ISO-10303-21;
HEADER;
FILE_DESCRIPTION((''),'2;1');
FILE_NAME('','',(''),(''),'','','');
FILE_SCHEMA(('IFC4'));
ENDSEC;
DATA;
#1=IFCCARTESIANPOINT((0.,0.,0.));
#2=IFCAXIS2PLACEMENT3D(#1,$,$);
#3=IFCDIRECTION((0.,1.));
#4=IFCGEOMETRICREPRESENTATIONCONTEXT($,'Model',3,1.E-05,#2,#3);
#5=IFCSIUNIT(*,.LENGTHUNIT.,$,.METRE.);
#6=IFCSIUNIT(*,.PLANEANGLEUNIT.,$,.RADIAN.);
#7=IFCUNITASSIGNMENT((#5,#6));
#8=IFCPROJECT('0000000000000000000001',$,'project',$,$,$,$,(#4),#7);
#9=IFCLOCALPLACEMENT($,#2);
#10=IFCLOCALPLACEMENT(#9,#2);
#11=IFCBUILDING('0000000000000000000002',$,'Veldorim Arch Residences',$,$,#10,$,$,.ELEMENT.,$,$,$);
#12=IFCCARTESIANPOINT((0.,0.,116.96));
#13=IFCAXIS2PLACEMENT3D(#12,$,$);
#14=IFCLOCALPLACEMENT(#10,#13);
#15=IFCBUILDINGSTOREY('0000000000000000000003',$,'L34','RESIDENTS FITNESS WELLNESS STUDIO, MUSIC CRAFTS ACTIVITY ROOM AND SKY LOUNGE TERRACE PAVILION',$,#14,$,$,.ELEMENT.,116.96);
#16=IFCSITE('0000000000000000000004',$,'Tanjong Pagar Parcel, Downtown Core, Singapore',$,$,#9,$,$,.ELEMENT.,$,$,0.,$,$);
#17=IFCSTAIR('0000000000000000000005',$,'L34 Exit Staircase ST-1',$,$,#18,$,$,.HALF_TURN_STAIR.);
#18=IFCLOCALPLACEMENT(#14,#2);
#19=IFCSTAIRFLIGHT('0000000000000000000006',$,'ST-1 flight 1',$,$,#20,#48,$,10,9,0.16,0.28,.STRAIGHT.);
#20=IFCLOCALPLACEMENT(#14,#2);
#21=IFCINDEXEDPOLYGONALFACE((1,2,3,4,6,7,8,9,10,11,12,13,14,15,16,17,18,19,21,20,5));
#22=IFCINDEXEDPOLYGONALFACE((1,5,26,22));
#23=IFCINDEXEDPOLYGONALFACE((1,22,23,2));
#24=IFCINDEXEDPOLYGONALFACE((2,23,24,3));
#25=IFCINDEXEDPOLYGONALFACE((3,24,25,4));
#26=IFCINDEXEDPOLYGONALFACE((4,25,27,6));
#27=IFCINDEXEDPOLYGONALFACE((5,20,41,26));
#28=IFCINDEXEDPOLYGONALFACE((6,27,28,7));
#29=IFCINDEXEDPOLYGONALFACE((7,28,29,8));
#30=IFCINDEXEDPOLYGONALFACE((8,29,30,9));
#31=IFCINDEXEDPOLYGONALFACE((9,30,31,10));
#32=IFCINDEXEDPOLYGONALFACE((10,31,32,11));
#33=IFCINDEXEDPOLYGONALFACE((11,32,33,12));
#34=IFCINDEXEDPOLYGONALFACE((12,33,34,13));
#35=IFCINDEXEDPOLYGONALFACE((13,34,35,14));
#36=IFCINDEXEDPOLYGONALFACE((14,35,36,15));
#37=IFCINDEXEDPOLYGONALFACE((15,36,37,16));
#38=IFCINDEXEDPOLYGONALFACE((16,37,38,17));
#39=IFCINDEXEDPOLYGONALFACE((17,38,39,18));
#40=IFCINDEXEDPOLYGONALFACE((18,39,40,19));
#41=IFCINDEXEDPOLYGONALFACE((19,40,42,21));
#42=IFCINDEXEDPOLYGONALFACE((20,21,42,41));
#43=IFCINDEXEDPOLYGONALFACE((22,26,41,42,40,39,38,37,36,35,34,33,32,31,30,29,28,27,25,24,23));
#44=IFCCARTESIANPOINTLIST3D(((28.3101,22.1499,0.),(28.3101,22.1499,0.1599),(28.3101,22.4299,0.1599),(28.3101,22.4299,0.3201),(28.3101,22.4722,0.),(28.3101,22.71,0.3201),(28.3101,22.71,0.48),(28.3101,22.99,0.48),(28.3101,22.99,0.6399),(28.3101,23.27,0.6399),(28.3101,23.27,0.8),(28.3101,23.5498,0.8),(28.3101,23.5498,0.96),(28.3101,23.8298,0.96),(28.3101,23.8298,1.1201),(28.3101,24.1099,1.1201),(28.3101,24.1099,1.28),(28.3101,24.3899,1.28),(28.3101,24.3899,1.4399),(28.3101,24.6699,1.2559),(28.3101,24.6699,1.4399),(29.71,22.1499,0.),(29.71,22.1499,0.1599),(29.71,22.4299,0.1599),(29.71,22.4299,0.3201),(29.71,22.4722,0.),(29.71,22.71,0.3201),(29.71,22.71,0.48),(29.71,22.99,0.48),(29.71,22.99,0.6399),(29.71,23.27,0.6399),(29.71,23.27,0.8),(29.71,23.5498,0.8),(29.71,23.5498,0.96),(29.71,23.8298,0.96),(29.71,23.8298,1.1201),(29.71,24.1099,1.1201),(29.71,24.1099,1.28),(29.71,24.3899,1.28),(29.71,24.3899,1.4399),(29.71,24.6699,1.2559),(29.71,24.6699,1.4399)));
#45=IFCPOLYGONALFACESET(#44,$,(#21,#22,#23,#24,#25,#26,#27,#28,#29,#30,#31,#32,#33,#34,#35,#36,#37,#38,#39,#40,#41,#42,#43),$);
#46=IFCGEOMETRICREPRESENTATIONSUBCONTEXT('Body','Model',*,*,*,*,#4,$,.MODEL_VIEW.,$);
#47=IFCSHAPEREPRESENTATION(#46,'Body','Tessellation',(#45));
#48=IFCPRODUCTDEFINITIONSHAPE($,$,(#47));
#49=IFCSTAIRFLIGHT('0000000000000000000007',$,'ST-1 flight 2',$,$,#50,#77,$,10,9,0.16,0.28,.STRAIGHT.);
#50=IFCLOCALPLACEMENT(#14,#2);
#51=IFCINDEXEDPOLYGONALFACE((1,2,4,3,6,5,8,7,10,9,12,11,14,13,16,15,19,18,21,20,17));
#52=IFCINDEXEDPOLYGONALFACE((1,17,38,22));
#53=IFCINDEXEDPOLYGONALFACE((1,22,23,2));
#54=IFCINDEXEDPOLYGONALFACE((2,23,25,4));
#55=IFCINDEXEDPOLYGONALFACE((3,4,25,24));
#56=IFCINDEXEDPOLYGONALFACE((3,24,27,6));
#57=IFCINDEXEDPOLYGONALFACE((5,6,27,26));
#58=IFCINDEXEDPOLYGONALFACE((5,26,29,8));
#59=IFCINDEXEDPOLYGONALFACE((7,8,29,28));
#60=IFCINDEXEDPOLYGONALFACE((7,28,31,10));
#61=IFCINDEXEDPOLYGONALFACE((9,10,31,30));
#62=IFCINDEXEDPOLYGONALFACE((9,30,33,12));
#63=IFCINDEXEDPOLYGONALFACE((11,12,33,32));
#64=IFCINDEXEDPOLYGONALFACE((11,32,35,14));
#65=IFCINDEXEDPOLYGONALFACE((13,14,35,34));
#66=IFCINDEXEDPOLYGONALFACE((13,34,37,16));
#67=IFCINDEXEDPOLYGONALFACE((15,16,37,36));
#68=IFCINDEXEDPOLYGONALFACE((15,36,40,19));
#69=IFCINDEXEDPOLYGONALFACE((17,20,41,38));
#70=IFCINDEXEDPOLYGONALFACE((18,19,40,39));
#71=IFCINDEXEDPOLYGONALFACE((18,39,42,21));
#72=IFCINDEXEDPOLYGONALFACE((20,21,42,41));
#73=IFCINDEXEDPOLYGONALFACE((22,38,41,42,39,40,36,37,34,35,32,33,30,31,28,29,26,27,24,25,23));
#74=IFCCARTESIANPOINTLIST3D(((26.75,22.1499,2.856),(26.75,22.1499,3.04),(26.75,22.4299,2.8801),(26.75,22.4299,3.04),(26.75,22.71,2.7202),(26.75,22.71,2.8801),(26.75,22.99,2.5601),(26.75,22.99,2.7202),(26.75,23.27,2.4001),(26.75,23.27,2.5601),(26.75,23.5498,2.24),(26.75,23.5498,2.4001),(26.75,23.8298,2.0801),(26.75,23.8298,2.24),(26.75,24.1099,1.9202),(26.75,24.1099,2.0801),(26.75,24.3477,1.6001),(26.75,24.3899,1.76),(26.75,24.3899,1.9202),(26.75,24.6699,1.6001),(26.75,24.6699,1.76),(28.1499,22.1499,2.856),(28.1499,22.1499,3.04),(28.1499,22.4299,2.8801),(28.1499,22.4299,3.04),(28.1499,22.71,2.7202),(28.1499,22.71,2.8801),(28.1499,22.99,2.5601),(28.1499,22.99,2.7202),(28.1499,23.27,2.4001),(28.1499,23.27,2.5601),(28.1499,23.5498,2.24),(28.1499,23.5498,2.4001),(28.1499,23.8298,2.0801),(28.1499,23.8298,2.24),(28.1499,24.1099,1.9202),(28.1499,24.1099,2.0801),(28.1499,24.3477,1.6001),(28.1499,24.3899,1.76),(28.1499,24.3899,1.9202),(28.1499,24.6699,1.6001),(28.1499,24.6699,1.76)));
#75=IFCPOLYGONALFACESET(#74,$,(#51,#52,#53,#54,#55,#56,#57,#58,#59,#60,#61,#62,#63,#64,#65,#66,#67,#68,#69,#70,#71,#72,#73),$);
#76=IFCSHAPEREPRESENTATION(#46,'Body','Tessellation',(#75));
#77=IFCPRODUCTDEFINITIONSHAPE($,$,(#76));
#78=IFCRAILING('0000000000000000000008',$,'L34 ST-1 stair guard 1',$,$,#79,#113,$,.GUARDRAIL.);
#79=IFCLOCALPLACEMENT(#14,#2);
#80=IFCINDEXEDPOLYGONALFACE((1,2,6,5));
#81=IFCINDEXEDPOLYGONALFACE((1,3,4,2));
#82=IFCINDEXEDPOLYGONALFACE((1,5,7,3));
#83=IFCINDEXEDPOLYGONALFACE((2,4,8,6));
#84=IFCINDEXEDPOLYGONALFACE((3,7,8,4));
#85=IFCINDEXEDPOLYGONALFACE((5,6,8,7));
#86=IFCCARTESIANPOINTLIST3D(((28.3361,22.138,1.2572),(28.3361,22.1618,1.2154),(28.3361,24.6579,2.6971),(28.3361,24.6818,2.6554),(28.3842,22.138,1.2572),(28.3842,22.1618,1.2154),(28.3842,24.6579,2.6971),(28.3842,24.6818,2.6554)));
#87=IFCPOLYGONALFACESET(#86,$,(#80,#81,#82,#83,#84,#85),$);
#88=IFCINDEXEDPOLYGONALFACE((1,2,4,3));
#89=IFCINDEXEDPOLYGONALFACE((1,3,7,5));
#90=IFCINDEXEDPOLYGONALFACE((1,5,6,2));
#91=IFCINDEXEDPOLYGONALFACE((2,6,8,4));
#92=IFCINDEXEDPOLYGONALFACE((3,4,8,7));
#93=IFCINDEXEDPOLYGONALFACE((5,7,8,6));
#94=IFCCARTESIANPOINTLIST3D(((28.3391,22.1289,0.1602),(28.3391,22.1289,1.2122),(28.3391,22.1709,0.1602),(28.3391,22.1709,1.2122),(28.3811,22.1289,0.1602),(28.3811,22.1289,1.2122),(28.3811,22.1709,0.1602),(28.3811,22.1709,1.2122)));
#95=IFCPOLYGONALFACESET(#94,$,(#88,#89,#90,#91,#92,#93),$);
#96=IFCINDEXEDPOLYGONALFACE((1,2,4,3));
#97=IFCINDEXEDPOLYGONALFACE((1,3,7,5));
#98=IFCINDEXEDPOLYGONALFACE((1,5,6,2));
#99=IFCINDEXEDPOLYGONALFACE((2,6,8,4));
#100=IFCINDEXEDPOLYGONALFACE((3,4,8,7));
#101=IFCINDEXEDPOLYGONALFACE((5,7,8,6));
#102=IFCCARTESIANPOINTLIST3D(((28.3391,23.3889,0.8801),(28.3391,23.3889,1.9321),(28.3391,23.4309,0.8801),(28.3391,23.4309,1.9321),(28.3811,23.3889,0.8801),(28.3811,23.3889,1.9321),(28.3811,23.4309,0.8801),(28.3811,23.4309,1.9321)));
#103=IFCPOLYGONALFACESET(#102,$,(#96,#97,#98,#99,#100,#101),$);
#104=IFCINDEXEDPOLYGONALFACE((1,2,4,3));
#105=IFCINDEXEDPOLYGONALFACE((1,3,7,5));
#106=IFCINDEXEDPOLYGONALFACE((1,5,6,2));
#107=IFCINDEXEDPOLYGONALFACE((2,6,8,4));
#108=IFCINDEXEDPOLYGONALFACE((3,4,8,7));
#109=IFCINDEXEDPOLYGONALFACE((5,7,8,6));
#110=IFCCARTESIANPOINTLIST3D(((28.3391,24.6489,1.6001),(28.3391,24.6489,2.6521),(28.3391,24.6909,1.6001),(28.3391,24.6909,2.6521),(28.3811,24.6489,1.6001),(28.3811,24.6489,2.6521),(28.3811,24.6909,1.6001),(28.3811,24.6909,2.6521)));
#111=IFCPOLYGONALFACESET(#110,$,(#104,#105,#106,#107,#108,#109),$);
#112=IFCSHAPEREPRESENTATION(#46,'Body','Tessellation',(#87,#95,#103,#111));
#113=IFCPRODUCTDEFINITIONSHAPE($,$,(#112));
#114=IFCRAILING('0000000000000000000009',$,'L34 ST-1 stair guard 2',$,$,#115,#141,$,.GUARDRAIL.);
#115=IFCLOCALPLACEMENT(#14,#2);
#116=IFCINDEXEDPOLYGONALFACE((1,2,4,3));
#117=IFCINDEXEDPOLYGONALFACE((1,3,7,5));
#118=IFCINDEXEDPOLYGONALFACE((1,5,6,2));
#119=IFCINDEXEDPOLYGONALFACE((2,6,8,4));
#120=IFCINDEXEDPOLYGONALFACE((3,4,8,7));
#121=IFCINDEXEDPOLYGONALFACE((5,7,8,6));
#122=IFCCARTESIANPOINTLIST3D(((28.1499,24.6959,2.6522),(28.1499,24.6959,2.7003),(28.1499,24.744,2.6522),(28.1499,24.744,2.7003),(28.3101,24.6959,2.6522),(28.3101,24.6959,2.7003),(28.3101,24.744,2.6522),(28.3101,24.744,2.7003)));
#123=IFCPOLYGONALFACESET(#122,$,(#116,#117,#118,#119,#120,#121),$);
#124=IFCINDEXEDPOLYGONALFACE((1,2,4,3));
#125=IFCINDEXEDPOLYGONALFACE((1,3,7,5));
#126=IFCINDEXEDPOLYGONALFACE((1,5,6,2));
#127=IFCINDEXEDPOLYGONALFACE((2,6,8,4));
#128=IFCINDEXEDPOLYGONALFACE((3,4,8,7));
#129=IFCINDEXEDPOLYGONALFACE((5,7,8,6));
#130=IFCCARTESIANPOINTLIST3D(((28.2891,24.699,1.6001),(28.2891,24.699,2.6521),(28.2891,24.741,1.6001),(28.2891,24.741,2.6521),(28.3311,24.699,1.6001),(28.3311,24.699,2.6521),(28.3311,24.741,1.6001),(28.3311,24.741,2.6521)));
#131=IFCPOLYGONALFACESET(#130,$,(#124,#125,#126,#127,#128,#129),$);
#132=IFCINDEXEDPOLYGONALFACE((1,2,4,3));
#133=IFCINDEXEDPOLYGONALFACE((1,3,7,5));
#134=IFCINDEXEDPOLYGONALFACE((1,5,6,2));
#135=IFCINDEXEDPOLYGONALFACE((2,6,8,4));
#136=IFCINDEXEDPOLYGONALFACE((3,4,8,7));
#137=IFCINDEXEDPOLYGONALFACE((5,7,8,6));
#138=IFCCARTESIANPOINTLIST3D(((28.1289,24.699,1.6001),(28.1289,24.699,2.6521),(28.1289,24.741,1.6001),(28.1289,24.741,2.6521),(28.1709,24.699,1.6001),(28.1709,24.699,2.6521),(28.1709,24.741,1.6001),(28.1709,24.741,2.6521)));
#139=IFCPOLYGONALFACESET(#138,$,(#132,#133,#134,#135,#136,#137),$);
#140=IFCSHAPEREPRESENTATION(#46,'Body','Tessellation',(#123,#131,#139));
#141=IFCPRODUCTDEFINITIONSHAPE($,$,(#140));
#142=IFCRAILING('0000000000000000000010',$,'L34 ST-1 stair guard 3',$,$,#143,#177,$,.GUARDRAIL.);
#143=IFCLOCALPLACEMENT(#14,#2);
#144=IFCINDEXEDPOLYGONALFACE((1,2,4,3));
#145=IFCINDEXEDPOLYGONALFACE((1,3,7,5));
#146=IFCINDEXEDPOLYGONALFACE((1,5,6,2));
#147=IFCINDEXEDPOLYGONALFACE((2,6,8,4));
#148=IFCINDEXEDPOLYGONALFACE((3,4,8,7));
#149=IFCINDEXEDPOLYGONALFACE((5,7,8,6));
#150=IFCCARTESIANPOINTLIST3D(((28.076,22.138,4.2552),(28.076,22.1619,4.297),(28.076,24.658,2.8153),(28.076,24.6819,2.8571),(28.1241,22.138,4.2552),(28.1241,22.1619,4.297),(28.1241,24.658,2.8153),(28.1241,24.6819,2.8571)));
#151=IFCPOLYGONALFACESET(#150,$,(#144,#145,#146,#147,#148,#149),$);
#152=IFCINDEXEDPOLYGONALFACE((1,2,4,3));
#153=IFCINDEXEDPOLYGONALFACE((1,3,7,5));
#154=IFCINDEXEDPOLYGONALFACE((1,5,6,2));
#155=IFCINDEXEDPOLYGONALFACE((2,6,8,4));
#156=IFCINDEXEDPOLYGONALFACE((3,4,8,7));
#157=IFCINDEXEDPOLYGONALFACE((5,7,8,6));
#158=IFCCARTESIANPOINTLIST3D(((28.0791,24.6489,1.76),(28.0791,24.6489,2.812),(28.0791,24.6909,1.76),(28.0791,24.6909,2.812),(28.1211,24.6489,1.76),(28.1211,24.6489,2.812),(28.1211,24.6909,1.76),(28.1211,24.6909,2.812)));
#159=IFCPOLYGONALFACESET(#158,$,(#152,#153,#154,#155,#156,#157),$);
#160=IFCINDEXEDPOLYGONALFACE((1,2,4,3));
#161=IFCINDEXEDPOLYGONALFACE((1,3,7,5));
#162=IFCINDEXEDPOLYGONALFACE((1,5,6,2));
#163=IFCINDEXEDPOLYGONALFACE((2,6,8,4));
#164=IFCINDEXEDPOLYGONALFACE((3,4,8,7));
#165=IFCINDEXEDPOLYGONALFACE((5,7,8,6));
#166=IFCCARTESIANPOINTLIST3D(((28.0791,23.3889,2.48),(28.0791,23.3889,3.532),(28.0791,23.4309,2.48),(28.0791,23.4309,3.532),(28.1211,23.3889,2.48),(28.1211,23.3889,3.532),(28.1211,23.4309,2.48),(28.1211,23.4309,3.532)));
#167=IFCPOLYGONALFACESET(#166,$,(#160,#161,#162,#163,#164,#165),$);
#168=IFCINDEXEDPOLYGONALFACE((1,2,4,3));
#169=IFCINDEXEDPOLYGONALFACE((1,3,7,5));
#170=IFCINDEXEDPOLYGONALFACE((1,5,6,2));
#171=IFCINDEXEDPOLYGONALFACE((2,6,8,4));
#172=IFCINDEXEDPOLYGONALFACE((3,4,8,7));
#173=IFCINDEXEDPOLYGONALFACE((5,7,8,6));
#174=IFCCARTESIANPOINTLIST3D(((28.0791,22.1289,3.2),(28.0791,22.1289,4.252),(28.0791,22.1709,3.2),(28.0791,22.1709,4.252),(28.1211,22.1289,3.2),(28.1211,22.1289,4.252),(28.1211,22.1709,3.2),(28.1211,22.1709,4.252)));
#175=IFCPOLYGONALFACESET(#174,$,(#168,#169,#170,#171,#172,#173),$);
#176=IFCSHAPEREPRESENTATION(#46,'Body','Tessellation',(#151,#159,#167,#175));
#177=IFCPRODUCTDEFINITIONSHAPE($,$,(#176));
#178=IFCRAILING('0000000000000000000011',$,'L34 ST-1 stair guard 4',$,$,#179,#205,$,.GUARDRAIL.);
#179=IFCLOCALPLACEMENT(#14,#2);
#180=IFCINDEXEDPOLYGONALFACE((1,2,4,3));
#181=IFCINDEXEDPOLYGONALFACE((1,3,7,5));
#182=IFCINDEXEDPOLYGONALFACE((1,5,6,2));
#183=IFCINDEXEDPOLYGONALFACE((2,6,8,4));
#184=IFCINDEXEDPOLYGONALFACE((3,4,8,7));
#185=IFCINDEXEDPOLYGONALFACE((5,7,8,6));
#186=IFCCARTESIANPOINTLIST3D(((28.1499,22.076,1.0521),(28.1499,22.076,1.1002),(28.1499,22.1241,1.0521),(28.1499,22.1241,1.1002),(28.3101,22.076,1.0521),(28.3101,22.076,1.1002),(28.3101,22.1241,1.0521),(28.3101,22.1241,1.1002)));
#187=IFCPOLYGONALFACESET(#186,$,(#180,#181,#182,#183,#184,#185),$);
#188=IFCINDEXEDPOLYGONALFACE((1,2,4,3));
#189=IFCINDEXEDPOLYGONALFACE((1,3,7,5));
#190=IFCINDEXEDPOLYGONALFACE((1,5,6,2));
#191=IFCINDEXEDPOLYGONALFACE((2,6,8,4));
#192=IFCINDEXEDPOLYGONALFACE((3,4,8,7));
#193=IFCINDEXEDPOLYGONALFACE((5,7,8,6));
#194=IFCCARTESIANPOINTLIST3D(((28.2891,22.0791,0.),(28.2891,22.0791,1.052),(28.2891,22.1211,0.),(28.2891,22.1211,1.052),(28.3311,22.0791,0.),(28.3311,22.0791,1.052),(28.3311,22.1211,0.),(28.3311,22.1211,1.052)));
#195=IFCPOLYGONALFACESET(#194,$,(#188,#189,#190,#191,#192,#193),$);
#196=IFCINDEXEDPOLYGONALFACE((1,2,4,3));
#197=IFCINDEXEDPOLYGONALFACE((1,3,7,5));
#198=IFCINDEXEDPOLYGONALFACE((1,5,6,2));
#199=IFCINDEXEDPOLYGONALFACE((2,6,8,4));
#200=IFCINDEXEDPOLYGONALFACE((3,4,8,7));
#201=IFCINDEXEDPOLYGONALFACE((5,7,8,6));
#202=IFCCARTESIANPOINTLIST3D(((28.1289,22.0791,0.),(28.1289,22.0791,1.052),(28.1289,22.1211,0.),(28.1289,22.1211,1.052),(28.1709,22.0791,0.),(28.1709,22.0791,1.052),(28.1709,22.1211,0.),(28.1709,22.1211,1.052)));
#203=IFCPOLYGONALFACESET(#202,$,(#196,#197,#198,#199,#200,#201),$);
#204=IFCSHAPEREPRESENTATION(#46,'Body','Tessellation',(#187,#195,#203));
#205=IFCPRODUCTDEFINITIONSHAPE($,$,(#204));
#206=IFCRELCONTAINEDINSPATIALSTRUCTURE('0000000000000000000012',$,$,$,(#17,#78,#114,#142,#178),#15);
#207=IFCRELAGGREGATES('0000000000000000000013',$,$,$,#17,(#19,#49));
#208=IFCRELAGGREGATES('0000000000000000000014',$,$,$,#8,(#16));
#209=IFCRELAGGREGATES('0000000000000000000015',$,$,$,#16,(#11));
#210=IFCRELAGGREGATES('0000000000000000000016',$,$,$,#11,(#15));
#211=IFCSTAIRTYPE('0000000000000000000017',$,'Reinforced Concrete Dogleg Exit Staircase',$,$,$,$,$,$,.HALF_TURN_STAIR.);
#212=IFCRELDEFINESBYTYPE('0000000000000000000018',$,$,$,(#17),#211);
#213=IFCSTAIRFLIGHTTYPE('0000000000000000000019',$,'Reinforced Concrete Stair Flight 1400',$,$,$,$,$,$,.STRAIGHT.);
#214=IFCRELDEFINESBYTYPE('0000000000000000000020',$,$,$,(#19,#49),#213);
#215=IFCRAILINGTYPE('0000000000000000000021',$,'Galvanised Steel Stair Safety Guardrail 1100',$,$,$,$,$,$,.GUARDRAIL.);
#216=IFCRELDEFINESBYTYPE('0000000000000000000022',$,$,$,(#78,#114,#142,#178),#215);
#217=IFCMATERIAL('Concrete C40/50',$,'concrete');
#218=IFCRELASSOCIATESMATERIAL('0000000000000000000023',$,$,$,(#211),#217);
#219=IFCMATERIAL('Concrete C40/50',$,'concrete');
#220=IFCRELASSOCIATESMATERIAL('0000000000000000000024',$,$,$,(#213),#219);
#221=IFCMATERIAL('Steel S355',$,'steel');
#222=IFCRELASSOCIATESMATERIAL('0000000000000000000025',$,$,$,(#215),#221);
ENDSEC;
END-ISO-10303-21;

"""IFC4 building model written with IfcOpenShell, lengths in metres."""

from ifc_helpers import new_model, si_unit, direction, frame, origin, origin_2d, place, context, subcontext, project, spatial, polyline, rectangle, outline, extrude, material, type_object, element, aggregate, save


model = new_model("IFC4")

# Units and contexts
model_context = context("Model", 3, precision=1e-05, world=origin(), true_north=direction((0.0, 1.0)))
body_context = subcontext(model_context, "Body", "Model", "MODEL_VIEW")
ifc_project = project(units=[si_unit("LENGTHUNIT", "METRE"), si_unit("PLANEANGLEUNIT", "RADIAN")], contexts=[model_context])

# Site, building, storey
site_placement = place(None, origin())
site = spatial("IfcSite", under=ifc_project, at=site_placement, Name="Tanjong Pagar Parcel, Downtown Core, Singapore", CompositionType="ELEMENT", RefElevation=0.0)
building_placement = place(site_placement, origin())
building = spatial("IfcBuilding", under=site, at=building_placement, Name="Veldorim Arch Residences", CompositionType="ELEMENT")
storey_placement = place(building_placement, frame((0.0, 0.0, 116.96)))
storey = spatial("IfcBuildingStorey", under=building, at=storey_placement, Name="L34", Description="RESIDENTS FITNESS WELLNESS STUDIO, MUSIC CRAFTS ACTIVITY ROOM AND SKY LOUNGE TERRACE PAVILION", CompositionType="ELEMENT", Elevation=116.96)

# Stair, stair flights
ifc_material_1 = material(Name="Concrete C40/50", Category="concrete")
stair_type = type_object("IfcStairType", Name="Reinforced Concrete Dogleg Exit Staircase", PredefinedType="HALF_TURN_STAIR", material=ifc_material_1)
stair_placement = place(storey_placement, origin())
stair = element("IfcStair", 1, at=stair_placement, inside=storey, type_object=stair_type, Name="L34 Exit Staircase ST-1", PredefinedType="HALF_TURN_STAIR")
ifc_material_2 = material(Name="Concrete C40/50", Category="concrete")
stair_flight_type = type_object("IfcStairFlightType", Name="Reinforced Concrete Stair Flight 1400", PredefinedType="STRAIGHT", material=ifc_material_2)
stair_flight_1_placement = place(storey_placement, frame((29.01, 22.1499, 0.0), z_axis=(0.0, 0.0, 1.0), x_axis=(0.0, 1.0, 0.0)))
stair_flight_1 = element("IfcStairFlight", 2, at=stair_flight_1_placement, type_object=stair_flight_type, Name="ST-1 flight 1", NumberOfRisers=10, NumberOfTreads=9, PredefinedType="STRAIGHT", RiserHeight=0.16, TreadLength=0.28, context=body_context, shape_type="SweptSolid", body=[
    extrude(outline(polyline([(0.0, 0.0), (0.0, 0.1599), (0.28, 0.1599), (0.28, 0.3201), (0.5601, 0.3201), (0.5601, 0.48), (0.8401, 0.48), (0.8401, 0.6399), (1.1201, 0.6399), (1.1201, 0.8), (1.3999, 0.8), (1.3999, 0.96), (1.6799, 0.96), (1.6799, 1.1201), (1.96, 1.1201), (1.96, 1.28), (2.24, 1.28), (2.24, 1.4399), (2.52, 1.4399), (2.52, 1.6001), (2.52, 1.2559), (0.3223, 0.0), (0.0, 0.0)])), frame((0.0, 0.7, 0.0), z_axis=(0.0, -1.0, 0.0), x_axis=(1.0, 0.0, 0.0)), (0.0, 0.0, 1.0), 1.3999),
])
stair_flight_2_placement = place(storey_placement, frame((27.45, 24.6699, 1.6001), z_axis=(0.0, 0.0, 1.0), x_axis=(0.0, -1.0, 0.0)))
stair_flight_2 = element("IfcStairFlight", 3, at=stair_flight_2_placement, type_object=stair_flight_type, Name="ST-1 flight 2", NumberOfRisers=10, NumberOfTreads=9, PredefinedType="STRAIGHT", RiserHeight=0.16, TreadLength=0.28, context=body_context, shape_type="SweptSolid", body=[
    extrude(outline(polyline([(0.0, 0.0), (0.0, 0.1599), (0.28, 0.1599), (0.28, 0.3201), (0.5601, 0.3201), (0.5601, 0.48), (0.8401, 0.48), (0.8401, 0.6399), (1.1201, 0.6399), (1.1201, 0.8), (1.3999, 0.8), (1.3999, 0.96), (1.6799, 0.96), (1.6799, 1.1201), (1.96, 1.1201), (1.96, 1.28), (2.24, 1.28), (2.24, 1.4399), (2.52, 1.4399), (2.52, 1.6001), (2.52, 1.2559), (0.3223, 0.0), (0.0, 0.0)])), frame((0.0, 0.7, 0.0), z_axis=(0.0, -1.0, 0.0), x_axis=(1.0, 0.0, 0.0)), (0.0, 0.0, 1.0), 1.3999),
])
aggregate(stair, [stair_flight_1, stair_flight_2])

# Railings
ifc_material_3 = material(Name="Steel S355", Category="steel")
railing_type_1 = type_object("IfcRailingType", Name="Galvanised Steel Stair Safety Guardrail 1100", PredefinedType="GUARDRAIL", material=ifc_material_3)
railing_1_placement = place(storey_placement, frame((28.3601, 22.1499, 0.1602)))
element("IfcRailing", 4, at=railing_1_placement, inside=storey, type_object=railing_type_1, Name="L34 ST-1 stair guard 1", PredefinedType="GUARDRAIL", context=body_context, shape_type="SweptSolid", body=[
    extrude(rectangle(XDim=0.0481, YDim=0.0481, at=origin_2d()), frame((0.0, 0.0, 1.0762), z_axis=(0.0, 0.868253, 0.496121), x_axis=(-1.0, 0.0, 0.0)), (0.0, 0.0, 1.0), 2.9023),
    extrude(rectangle(XDim=0.042, YDim=0.042, at=origin_2d()), origin(), (0.0, 0.0, 1.0), 1.052),
    extrude(rectangle(XDim=0.042, YDim=0.042, at=origin_2d()), frame((0.0, 1.26, 0.72)), (0.0, 0.0, 1.0), 1.052),
    extrude(rectangle(XDim=0.042, YDim=0.042, at=origin_2d()), frame((0.0, 2.52, 1.4399)), (0.0, 0.0, 1.0), 1.052),
])
railing_2_placement = place(storey_placement, frame((28.3101, 24.72, 1.6001)))
element("IfcRailing", 5, at=railing_2_placement, inside=storey, type_object=railing_type_1, Name="L34 ST-1 stair guard 2", PredefinedType="GUARDRAIL", context=body_context, shape_type="SweptSolid", body=[
    extrude(rectangle(XDim=0.0481, YDim=0.0481, at=origin_2d()), frame((0.0, 0.0, 1.0762), z_axis=(-1.0, 0.0, 0.0), x_axis=(0.0, -1.0, 0.0)), (0.0, 0.0, 1.0), 0.1602),
    extrude(rectangle(XDim=0.042, YDim=0.042, at=origin_2d()), origin(), (0.0, 0.0, 1.0), 1.052),
    extrude(rectangle(XDim=0.042, YDim=0.042, at=origin_2d()), frame((-0.1602, 0.0, 0.0)), (0.0, 0.0, 1.0), 1.052),
])
railing_3_placement = place(storey_placement, frame((28.1001, 24.6699, 1.76)))
element("IfcRailing", 6, at=railing_3_placement, inside=storey, type_object=railing_type_1, Name="L34 ST-1 stair guard 3", PredefinedType="GUARDRAIL", context=body_context, shape_type="SweptSolid", body=[
    extrude(rectangle(XDim=0.0481, YDim=0.0481, at=origin_2d()), frame((0.0, 0.0, 1.0762), z_axis=(0.0, -0.868253, 0.496121), x_axis=(1.0, 0.0, 0.0)), (0.0, 0.0, 1.0), 2.9023),
    extrude(rectangle(XDim=0.042, YDim=0.042, at=origin_2d()), origin(), (0.0, 0.0, 1.0), 1.052),
    extrude(rectangle(XDim=0.042, YDim=0.042, at=origin_2d()), frame((0.0, -1.26, 0.72)), (0.0, 0.0, 1.0), 1.052),
    extrude(rectangle(XDim=0.042, YDim=0.042, at=origin_2d()), frame((0.0, -2.52, 1.4399)), (0.0, 0.0, 1.0), 1.052),
])
railing_4_placement = place(storey_placement, frame((28.3101, 22.1001, 0.0)))
element("IfcRailing", 7, at=railing_4_placement, inside=storey, type_object=railing_type_1, Name="L34 ST-1 stair guard 4", PredefinedType="GUARDRAIL", context=body_context, shape_type="SweptSolid", body=[
    extrude(rectangle(XDim=0.0481, YDim=0.0481, at=origin_2d()), frame((0.0, 0.0, 1.0762), z_axis=(-1.0, 0.0, 0.0), x_axis=(0.0, -1.0, 0.0)), (0.0, 0.0, 1.0), 0.1602),
    extrude(rectangle(XDim=0.042, YDim=0.042, at=origin_2d()), origin(), (0.0, 0.0, 1.0), 1.052),
    extrude(rectangle(XDim=0.042, YDim=0.042, at=origin_2d()), frame((-0.1602, 0.0, 0.0)), (0.0, 0.0, 1.0), 1.052),
])

save(model, "model.ifc")
